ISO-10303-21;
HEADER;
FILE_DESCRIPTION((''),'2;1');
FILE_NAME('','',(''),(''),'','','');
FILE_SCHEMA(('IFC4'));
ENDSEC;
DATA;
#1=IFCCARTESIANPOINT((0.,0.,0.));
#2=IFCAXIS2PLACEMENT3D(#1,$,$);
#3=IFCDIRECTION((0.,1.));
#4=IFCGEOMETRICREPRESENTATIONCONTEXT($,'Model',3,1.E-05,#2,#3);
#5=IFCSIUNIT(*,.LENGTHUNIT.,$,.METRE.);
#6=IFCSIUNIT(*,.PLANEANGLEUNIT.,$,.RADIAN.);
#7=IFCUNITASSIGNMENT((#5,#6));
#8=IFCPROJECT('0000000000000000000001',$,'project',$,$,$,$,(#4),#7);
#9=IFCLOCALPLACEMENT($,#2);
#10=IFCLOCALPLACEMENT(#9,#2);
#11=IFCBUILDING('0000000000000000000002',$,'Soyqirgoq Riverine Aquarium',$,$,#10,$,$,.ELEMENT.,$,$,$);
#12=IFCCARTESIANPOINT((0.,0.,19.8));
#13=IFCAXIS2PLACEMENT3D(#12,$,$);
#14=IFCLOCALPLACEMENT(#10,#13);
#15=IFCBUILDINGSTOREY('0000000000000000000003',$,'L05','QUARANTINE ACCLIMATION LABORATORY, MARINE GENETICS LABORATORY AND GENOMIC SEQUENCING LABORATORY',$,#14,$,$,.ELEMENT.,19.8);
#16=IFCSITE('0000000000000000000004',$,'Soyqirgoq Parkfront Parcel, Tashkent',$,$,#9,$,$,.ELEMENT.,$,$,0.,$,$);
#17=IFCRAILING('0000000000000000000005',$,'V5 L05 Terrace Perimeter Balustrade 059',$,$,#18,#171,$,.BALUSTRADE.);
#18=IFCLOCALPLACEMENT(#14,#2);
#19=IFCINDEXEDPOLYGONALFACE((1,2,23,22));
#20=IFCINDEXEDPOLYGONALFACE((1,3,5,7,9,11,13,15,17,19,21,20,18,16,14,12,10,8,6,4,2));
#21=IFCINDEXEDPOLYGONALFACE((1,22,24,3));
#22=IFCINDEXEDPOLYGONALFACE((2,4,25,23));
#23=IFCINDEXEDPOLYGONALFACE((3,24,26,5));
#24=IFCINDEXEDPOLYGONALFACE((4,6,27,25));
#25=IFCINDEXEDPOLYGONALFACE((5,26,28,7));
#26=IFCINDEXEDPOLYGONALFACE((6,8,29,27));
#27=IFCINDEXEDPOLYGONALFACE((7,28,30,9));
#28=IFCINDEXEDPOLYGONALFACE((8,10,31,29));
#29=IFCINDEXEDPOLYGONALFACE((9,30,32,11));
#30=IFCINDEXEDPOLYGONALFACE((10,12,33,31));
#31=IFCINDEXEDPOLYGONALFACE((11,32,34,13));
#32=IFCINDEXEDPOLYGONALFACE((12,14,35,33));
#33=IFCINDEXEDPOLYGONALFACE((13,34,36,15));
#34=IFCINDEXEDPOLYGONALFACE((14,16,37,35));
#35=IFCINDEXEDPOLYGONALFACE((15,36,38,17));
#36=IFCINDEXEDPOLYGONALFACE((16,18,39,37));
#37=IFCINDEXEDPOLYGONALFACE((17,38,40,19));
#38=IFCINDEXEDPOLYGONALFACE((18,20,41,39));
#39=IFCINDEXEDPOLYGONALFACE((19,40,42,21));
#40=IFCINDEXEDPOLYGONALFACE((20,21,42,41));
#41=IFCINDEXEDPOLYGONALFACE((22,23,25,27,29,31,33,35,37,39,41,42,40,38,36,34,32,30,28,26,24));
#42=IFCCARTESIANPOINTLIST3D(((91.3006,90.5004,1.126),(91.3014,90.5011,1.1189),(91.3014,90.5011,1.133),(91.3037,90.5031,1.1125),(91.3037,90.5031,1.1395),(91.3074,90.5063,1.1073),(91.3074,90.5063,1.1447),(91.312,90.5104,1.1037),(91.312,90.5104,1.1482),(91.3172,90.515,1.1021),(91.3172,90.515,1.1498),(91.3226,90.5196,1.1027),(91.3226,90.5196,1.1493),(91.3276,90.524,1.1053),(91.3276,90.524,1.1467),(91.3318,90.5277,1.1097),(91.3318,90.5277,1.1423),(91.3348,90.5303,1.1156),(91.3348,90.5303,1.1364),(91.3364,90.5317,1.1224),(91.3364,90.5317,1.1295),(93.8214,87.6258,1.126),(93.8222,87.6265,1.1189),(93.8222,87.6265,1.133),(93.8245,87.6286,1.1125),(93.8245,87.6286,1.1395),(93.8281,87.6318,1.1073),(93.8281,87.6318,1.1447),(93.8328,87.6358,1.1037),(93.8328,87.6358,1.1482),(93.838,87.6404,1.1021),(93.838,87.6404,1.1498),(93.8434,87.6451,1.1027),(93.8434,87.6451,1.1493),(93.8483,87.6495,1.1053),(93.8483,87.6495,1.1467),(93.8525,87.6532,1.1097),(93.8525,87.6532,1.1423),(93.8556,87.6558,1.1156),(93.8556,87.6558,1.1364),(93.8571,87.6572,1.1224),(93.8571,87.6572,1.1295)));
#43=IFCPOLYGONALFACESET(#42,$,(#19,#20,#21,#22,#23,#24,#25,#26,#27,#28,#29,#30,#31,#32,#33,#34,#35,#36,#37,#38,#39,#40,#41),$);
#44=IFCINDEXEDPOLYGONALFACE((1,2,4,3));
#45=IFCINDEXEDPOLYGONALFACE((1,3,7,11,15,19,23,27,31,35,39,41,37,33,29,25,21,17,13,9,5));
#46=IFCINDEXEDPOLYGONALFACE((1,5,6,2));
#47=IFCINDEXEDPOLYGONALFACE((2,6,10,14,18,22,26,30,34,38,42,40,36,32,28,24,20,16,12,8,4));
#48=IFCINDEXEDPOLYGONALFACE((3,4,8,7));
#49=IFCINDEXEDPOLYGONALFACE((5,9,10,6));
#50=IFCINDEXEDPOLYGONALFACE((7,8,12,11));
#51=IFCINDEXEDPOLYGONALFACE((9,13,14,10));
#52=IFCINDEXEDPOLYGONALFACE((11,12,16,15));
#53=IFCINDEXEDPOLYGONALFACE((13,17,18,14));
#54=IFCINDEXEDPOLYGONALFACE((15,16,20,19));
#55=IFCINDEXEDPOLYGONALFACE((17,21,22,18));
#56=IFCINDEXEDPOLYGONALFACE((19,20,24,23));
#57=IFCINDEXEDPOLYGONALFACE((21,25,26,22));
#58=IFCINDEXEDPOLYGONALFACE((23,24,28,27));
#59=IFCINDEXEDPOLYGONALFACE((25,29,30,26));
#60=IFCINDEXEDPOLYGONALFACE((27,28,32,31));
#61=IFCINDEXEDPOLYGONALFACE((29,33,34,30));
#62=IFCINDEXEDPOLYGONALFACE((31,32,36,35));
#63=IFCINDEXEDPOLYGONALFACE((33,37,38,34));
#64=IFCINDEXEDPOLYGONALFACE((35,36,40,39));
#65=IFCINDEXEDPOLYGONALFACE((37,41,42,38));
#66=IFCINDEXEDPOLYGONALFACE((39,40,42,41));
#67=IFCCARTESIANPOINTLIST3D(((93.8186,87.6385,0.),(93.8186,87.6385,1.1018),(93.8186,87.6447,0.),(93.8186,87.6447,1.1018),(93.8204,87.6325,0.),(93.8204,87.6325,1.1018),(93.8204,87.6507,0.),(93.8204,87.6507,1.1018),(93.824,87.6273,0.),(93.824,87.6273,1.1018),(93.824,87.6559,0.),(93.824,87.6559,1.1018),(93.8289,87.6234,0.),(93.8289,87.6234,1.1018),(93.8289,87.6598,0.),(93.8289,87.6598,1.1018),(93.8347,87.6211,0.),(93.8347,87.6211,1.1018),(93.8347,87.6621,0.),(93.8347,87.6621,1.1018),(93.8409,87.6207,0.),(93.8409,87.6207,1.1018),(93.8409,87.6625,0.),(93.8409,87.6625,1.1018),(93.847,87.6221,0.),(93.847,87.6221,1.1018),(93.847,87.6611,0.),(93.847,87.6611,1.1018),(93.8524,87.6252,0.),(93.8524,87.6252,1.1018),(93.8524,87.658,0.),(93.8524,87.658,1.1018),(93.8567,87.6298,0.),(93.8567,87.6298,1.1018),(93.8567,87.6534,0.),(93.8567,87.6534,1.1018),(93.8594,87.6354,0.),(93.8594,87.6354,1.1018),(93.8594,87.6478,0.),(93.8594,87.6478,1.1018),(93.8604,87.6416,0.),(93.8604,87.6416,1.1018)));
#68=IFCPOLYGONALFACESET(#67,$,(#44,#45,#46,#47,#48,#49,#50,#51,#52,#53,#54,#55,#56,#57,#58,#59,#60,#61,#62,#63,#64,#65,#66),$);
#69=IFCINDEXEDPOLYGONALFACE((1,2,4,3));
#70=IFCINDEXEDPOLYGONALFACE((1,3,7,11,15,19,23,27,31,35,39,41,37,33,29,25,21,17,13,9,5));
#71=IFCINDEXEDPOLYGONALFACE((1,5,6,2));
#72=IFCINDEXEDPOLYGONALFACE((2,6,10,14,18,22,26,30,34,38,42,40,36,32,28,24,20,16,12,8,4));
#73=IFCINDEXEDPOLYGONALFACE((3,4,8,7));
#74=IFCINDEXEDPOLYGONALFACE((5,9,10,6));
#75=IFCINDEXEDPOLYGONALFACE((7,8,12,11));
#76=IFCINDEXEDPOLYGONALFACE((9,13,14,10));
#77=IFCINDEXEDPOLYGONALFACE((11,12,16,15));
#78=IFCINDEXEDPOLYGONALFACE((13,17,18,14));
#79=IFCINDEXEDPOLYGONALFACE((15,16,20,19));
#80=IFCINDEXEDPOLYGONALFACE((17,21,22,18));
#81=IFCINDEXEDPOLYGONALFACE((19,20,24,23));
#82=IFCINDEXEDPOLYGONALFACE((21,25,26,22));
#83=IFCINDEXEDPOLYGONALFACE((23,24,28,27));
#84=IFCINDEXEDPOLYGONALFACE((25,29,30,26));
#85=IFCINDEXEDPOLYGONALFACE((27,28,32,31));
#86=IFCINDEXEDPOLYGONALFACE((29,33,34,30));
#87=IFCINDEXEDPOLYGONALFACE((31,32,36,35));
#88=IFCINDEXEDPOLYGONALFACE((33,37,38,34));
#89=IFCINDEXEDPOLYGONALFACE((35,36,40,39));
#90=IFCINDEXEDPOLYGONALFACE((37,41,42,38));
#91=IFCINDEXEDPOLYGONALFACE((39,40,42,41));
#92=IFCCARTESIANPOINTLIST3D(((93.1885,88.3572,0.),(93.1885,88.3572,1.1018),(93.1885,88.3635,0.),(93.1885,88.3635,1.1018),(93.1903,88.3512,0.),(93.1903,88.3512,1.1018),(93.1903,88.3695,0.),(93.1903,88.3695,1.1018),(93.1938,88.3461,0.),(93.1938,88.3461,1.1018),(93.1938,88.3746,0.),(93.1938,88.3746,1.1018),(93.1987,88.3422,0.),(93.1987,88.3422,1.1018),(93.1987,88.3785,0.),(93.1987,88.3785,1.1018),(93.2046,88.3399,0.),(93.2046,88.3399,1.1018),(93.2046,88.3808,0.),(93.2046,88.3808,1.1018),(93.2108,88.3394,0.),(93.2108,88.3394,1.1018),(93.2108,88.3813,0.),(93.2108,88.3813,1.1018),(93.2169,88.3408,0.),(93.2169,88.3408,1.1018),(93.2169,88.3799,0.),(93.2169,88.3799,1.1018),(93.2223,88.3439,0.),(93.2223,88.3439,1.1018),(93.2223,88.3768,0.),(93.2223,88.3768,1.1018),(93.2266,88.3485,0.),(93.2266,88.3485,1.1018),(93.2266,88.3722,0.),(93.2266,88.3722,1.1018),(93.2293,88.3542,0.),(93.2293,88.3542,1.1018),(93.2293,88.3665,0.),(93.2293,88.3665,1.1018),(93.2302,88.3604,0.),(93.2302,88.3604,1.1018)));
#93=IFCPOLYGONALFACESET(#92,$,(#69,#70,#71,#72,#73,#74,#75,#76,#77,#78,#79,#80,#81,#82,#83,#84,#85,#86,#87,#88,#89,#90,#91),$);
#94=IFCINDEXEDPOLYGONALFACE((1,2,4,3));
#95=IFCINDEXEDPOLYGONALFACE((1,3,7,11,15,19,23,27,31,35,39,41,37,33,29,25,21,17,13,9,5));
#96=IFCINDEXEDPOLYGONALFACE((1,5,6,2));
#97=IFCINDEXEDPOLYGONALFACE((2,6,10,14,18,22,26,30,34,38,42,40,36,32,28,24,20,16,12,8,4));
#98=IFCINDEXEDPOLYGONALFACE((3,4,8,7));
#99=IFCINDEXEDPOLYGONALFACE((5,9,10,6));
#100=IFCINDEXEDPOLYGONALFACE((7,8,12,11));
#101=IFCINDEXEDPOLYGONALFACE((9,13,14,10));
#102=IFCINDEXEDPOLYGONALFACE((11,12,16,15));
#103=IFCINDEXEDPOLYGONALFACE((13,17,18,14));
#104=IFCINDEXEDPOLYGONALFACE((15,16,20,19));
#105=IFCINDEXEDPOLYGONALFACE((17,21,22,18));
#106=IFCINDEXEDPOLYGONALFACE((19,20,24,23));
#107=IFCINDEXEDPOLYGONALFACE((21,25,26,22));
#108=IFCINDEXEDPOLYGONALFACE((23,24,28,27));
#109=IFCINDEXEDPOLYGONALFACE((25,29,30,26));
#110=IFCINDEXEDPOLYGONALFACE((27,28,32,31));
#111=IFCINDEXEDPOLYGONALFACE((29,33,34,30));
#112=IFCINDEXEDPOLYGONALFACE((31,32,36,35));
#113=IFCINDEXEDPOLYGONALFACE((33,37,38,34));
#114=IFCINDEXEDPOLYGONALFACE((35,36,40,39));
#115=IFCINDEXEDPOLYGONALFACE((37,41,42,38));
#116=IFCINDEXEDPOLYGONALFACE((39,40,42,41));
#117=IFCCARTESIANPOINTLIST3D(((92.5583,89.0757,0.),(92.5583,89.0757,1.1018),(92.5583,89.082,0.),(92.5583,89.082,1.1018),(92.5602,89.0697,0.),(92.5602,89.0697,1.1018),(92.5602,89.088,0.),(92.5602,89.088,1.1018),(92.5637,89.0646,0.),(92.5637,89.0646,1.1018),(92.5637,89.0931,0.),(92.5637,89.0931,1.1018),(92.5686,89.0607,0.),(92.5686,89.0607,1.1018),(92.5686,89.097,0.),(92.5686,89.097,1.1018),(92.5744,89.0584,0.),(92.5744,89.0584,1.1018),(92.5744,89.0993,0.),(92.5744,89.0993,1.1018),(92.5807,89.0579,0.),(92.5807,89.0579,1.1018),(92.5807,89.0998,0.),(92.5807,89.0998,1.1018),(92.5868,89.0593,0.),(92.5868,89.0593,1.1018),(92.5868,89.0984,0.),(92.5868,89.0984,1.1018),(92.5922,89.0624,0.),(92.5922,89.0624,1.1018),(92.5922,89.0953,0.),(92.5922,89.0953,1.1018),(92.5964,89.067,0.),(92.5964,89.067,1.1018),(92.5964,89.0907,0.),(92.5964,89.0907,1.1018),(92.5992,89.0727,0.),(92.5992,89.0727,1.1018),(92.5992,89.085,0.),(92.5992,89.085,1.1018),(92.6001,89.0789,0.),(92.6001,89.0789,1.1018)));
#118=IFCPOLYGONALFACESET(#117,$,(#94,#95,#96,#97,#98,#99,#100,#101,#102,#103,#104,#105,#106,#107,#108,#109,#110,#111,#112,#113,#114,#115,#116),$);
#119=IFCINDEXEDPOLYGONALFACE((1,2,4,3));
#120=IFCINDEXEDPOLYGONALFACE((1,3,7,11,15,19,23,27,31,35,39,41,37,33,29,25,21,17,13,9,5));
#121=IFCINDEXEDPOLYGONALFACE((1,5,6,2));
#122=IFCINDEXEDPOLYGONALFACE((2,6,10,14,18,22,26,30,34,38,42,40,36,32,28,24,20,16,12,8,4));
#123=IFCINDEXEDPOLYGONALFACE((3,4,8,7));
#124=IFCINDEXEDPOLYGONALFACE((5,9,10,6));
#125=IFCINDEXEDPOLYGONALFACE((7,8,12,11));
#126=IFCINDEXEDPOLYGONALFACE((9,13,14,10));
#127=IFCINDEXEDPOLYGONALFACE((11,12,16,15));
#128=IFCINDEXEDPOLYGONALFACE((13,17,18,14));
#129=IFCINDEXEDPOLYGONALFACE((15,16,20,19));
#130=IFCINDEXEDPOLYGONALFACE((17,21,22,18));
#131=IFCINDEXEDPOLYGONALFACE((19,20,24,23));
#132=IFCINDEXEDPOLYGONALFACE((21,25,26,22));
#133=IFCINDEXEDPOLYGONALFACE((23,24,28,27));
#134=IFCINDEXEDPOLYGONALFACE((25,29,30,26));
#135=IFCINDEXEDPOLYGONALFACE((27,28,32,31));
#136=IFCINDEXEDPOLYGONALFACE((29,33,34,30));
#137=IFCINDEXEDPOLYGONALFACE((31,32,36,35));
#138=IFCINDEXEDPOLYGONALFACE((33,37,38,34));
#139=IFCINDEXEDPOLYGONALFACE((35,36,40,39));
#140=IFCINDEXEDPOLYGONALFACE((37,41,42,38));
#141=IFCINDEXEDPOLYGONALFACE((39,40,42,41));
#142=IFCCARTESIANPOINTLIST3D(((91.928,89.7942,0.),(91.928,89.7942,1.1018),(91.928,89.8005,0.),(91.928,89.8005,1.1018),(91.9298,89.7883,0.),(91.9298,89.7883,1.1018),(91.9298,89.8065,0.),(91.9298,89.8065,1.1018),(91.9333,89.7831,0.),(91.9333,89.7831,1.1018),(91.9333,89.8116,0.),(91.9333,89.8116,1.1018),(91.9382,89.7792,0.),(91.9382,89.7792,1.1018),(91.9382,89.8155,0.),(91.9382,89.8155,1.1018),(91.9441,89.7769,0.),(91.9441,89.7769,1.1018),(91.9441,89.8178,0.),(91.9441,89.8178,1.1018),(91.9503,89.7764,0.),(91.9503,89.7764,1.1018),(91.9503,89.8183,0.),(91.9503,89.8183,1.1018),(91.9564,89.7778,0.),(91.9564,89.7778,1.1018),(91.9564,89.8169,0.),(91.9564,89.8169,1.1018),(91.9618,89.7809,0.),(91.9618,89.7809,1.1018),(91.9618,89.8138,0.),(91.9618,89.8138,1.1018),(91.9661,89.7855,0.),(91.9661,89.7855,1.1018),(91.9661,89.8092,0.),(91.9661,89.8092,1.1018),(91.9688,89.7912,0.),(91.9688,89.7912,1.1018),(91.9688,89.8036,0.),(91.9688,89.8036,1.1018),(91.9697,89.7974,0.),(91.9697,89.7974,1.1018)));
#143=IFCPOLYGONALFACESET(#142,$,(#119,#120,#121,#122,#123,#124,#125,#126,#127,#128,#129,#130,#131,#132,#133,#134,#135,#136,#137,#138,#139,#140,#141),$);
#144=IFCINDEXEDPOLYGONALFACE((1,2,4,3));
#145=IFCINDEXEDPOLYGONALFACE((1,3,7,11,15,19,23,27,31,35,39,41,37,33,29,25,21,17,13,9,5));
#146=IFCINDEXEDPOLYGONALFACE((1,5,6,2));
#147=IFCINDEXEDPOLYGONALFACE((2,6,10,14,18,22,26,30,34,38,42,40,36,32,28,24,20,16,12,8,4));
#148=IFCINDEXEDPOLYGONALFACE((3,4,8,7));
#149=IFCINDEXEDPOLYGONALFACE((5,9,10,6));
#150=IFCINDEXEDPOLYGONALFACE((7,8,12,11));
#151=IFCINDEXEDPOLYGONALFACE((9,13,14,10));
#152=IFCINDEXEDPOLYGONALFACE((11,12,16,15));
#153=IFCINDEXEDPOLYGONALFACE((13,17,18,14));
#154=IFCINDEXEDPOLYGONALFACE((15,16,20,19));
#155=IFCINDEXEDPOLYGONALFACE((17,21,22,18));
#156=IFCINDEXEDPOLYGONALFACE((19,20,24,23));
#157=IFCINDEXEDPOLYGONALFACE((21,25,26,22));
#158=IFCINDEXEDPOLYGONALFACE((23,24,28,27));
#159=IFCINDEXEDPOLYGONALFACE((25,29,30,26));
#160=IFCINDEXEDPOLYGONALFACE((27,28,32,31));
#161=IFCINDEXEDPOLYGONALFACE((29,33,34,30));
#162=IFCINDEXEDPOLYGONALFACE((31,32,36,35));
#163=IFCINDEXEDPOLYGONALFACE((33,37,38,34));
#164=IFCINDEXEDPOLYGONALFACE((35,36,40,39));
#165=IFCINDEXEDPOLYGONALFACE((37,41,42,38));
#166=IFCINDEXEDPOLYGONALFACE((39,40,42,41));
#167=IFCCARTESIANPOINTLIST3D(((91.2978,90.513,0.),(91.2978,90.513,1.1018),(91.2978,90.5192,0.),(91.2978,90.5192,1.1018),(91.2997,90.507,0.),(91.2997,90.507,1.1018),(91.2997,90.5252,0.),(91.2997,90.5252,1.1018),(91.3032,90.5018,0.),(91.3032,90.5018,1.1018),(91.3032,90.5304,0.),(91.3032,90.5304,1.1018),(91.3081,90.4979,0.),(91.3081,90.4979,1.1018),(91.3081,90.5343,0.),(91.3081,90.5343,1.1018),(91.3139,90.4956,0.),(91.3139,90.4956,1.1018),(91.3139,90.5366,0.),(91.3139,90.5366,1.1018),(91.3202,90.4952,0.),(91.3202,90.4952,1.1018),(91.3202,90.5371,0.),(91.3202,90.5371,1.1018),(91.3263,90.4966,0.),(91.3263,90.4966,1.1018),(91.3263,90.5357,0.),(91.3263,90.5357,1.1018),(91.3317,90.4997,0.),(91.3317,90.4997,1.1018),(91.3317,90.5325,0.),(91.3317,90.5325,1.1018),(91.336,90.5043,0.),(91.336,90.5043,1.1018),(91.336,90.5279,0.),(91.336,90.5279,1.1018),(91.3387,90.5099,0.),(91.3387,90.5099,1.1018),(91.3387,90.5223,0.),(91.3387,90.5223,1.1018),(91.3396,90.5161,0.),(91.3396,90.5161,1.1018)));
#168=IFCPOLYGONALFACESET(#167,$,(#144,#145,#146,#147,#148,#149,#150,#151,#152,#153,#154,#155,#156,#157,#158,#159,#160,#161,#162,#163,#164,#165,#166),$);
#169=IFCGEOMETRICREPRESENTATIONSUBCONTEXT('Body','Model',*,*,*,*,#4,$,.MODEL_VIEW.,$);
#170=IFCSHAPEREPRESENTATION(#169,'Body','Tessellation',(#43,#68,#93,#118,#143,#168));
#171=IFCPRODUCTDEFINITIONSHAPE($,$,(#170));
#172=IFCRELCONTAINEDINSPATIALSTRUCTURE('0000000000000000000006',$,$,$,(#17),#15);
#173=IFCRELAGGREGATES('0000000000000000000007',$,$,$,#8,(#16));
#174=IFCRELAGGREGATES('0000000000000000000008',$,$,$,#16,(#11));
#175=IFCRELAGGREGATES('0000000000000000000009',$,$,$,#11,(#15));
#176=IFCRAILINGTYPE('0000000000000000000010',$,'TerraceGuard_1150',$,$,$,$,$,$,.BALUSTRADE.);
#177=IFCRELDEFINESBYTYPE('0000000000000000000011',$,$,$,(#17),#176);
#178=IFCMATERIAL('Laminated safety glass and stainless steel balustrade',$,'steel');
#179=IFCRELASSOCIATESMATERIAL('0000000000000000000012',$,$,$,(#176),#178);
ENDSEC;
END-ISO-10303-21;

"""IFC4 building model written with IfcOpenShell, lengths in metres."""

from ifc_helpers import new_model, si_unit, direction, frame, origin, origin_2d, place, context, subcontext, project, spatial, circle, extrude, material, type_object, element, save


model = new_model("IFC4")

# Units and contexts
model_context = context("Model", 3, precision=1e-05, world=origin(), true_north=direction((0.0, 1.0)))
body_context = subcontext(model_context, "Body", "Model", "MODEL_VIEW")
ifc_project = project(units=[si_unit("LENGTHUNIT", "METRE"), si_unit("PLANEANGLEUNIT", "RADIAN")], contexts=[model_context])

# Site, building, storey
site_placement = place(None, origin())
site = spatial("IfcSite", under=ifc_project, at=site_placement, Name="Soyqirgoq Parkfront Parcel, Tashkent", CompositionType="ELEMENT", RefElevation=0.0)
building_placement = place(site_placement, origin())
building = spatial("IfcBuilding", under=site, at=building_placement, Name="Soyqirgoq Riverine Aquarium", CompositionType="ELEMENT")
storey_placement = place(building_placement, frame((0.0, 0.0, 19.8)))
storey = spatial("IfcBuildingStorey", under=building, at=storey_placement, Name="L05", Description="QUARANTINE ACCLIMATION LABORATORY, MARINE GENETICS LABORATORY AND GENOMIC SEQUENCING LABORATORY", CompositionType="ELEMENT", Elevation=19.8)

# Railing
ifc_material_1 = material(Name="Laminated safety glass and stainless steel balustrade", Category="steel")
railing_type = type_object("IfcRailingType", Name="TerraceGuard_1150", PredefinedType="BALUSTRADE", material=ifc_material_1)
railing_1_placement = place(storey_placement, frame((93.8394, 87.6416, 0.0)))
element("IfcRailing", 1, at=railing_1_placement, inside=storey, type_object=railing_type, Name="V5 L05 Terrace Perimeter Balustrade 059", PredefinedType="BALUSTRADE", context=body_context, shape_type="SweptSolid", body=[
    extrude(circle(Radius=0.0239, at=origin_2d()), frame((0.0, 0.0, 1.126), z_axis=(-0.659327, 0.751856, 0.0), x_axis=(-0.751856, -0.659327, 0.0)), (0.0, 0.0, 1.0), 3.8232),
    extrude(circle(Radius=0.021, at=origin_2d()), origin(), (0.0, 0.0, 1.0), 1.1018),
    extrude(circle(Radius=0.021, at=origin_2d()), frame((-0.6301, 0.7188, 0.0)), (0.0, 0.0, 1.0), 1.1018),
    extrude(circle(Radius=0.021, at=origin_2d()), frame((-1.2603, 1.4373, 0.0)), (0.0, 0.0, 1.0), 1.1018),
    extrude(circle(Radius=0.021, at=origin_2d()), frame((-1.8906, 2.1558, 0.0)), (0.0, 0.0, 1.0), 1.1018),
    extrude(circle(Radius=0.021, at=origin_2d()), frame((-2.5208, 2.8745, 0.0)), (0.0, 0.0, 1.0), 1.1018),
])

save(model, "model.ifc")
